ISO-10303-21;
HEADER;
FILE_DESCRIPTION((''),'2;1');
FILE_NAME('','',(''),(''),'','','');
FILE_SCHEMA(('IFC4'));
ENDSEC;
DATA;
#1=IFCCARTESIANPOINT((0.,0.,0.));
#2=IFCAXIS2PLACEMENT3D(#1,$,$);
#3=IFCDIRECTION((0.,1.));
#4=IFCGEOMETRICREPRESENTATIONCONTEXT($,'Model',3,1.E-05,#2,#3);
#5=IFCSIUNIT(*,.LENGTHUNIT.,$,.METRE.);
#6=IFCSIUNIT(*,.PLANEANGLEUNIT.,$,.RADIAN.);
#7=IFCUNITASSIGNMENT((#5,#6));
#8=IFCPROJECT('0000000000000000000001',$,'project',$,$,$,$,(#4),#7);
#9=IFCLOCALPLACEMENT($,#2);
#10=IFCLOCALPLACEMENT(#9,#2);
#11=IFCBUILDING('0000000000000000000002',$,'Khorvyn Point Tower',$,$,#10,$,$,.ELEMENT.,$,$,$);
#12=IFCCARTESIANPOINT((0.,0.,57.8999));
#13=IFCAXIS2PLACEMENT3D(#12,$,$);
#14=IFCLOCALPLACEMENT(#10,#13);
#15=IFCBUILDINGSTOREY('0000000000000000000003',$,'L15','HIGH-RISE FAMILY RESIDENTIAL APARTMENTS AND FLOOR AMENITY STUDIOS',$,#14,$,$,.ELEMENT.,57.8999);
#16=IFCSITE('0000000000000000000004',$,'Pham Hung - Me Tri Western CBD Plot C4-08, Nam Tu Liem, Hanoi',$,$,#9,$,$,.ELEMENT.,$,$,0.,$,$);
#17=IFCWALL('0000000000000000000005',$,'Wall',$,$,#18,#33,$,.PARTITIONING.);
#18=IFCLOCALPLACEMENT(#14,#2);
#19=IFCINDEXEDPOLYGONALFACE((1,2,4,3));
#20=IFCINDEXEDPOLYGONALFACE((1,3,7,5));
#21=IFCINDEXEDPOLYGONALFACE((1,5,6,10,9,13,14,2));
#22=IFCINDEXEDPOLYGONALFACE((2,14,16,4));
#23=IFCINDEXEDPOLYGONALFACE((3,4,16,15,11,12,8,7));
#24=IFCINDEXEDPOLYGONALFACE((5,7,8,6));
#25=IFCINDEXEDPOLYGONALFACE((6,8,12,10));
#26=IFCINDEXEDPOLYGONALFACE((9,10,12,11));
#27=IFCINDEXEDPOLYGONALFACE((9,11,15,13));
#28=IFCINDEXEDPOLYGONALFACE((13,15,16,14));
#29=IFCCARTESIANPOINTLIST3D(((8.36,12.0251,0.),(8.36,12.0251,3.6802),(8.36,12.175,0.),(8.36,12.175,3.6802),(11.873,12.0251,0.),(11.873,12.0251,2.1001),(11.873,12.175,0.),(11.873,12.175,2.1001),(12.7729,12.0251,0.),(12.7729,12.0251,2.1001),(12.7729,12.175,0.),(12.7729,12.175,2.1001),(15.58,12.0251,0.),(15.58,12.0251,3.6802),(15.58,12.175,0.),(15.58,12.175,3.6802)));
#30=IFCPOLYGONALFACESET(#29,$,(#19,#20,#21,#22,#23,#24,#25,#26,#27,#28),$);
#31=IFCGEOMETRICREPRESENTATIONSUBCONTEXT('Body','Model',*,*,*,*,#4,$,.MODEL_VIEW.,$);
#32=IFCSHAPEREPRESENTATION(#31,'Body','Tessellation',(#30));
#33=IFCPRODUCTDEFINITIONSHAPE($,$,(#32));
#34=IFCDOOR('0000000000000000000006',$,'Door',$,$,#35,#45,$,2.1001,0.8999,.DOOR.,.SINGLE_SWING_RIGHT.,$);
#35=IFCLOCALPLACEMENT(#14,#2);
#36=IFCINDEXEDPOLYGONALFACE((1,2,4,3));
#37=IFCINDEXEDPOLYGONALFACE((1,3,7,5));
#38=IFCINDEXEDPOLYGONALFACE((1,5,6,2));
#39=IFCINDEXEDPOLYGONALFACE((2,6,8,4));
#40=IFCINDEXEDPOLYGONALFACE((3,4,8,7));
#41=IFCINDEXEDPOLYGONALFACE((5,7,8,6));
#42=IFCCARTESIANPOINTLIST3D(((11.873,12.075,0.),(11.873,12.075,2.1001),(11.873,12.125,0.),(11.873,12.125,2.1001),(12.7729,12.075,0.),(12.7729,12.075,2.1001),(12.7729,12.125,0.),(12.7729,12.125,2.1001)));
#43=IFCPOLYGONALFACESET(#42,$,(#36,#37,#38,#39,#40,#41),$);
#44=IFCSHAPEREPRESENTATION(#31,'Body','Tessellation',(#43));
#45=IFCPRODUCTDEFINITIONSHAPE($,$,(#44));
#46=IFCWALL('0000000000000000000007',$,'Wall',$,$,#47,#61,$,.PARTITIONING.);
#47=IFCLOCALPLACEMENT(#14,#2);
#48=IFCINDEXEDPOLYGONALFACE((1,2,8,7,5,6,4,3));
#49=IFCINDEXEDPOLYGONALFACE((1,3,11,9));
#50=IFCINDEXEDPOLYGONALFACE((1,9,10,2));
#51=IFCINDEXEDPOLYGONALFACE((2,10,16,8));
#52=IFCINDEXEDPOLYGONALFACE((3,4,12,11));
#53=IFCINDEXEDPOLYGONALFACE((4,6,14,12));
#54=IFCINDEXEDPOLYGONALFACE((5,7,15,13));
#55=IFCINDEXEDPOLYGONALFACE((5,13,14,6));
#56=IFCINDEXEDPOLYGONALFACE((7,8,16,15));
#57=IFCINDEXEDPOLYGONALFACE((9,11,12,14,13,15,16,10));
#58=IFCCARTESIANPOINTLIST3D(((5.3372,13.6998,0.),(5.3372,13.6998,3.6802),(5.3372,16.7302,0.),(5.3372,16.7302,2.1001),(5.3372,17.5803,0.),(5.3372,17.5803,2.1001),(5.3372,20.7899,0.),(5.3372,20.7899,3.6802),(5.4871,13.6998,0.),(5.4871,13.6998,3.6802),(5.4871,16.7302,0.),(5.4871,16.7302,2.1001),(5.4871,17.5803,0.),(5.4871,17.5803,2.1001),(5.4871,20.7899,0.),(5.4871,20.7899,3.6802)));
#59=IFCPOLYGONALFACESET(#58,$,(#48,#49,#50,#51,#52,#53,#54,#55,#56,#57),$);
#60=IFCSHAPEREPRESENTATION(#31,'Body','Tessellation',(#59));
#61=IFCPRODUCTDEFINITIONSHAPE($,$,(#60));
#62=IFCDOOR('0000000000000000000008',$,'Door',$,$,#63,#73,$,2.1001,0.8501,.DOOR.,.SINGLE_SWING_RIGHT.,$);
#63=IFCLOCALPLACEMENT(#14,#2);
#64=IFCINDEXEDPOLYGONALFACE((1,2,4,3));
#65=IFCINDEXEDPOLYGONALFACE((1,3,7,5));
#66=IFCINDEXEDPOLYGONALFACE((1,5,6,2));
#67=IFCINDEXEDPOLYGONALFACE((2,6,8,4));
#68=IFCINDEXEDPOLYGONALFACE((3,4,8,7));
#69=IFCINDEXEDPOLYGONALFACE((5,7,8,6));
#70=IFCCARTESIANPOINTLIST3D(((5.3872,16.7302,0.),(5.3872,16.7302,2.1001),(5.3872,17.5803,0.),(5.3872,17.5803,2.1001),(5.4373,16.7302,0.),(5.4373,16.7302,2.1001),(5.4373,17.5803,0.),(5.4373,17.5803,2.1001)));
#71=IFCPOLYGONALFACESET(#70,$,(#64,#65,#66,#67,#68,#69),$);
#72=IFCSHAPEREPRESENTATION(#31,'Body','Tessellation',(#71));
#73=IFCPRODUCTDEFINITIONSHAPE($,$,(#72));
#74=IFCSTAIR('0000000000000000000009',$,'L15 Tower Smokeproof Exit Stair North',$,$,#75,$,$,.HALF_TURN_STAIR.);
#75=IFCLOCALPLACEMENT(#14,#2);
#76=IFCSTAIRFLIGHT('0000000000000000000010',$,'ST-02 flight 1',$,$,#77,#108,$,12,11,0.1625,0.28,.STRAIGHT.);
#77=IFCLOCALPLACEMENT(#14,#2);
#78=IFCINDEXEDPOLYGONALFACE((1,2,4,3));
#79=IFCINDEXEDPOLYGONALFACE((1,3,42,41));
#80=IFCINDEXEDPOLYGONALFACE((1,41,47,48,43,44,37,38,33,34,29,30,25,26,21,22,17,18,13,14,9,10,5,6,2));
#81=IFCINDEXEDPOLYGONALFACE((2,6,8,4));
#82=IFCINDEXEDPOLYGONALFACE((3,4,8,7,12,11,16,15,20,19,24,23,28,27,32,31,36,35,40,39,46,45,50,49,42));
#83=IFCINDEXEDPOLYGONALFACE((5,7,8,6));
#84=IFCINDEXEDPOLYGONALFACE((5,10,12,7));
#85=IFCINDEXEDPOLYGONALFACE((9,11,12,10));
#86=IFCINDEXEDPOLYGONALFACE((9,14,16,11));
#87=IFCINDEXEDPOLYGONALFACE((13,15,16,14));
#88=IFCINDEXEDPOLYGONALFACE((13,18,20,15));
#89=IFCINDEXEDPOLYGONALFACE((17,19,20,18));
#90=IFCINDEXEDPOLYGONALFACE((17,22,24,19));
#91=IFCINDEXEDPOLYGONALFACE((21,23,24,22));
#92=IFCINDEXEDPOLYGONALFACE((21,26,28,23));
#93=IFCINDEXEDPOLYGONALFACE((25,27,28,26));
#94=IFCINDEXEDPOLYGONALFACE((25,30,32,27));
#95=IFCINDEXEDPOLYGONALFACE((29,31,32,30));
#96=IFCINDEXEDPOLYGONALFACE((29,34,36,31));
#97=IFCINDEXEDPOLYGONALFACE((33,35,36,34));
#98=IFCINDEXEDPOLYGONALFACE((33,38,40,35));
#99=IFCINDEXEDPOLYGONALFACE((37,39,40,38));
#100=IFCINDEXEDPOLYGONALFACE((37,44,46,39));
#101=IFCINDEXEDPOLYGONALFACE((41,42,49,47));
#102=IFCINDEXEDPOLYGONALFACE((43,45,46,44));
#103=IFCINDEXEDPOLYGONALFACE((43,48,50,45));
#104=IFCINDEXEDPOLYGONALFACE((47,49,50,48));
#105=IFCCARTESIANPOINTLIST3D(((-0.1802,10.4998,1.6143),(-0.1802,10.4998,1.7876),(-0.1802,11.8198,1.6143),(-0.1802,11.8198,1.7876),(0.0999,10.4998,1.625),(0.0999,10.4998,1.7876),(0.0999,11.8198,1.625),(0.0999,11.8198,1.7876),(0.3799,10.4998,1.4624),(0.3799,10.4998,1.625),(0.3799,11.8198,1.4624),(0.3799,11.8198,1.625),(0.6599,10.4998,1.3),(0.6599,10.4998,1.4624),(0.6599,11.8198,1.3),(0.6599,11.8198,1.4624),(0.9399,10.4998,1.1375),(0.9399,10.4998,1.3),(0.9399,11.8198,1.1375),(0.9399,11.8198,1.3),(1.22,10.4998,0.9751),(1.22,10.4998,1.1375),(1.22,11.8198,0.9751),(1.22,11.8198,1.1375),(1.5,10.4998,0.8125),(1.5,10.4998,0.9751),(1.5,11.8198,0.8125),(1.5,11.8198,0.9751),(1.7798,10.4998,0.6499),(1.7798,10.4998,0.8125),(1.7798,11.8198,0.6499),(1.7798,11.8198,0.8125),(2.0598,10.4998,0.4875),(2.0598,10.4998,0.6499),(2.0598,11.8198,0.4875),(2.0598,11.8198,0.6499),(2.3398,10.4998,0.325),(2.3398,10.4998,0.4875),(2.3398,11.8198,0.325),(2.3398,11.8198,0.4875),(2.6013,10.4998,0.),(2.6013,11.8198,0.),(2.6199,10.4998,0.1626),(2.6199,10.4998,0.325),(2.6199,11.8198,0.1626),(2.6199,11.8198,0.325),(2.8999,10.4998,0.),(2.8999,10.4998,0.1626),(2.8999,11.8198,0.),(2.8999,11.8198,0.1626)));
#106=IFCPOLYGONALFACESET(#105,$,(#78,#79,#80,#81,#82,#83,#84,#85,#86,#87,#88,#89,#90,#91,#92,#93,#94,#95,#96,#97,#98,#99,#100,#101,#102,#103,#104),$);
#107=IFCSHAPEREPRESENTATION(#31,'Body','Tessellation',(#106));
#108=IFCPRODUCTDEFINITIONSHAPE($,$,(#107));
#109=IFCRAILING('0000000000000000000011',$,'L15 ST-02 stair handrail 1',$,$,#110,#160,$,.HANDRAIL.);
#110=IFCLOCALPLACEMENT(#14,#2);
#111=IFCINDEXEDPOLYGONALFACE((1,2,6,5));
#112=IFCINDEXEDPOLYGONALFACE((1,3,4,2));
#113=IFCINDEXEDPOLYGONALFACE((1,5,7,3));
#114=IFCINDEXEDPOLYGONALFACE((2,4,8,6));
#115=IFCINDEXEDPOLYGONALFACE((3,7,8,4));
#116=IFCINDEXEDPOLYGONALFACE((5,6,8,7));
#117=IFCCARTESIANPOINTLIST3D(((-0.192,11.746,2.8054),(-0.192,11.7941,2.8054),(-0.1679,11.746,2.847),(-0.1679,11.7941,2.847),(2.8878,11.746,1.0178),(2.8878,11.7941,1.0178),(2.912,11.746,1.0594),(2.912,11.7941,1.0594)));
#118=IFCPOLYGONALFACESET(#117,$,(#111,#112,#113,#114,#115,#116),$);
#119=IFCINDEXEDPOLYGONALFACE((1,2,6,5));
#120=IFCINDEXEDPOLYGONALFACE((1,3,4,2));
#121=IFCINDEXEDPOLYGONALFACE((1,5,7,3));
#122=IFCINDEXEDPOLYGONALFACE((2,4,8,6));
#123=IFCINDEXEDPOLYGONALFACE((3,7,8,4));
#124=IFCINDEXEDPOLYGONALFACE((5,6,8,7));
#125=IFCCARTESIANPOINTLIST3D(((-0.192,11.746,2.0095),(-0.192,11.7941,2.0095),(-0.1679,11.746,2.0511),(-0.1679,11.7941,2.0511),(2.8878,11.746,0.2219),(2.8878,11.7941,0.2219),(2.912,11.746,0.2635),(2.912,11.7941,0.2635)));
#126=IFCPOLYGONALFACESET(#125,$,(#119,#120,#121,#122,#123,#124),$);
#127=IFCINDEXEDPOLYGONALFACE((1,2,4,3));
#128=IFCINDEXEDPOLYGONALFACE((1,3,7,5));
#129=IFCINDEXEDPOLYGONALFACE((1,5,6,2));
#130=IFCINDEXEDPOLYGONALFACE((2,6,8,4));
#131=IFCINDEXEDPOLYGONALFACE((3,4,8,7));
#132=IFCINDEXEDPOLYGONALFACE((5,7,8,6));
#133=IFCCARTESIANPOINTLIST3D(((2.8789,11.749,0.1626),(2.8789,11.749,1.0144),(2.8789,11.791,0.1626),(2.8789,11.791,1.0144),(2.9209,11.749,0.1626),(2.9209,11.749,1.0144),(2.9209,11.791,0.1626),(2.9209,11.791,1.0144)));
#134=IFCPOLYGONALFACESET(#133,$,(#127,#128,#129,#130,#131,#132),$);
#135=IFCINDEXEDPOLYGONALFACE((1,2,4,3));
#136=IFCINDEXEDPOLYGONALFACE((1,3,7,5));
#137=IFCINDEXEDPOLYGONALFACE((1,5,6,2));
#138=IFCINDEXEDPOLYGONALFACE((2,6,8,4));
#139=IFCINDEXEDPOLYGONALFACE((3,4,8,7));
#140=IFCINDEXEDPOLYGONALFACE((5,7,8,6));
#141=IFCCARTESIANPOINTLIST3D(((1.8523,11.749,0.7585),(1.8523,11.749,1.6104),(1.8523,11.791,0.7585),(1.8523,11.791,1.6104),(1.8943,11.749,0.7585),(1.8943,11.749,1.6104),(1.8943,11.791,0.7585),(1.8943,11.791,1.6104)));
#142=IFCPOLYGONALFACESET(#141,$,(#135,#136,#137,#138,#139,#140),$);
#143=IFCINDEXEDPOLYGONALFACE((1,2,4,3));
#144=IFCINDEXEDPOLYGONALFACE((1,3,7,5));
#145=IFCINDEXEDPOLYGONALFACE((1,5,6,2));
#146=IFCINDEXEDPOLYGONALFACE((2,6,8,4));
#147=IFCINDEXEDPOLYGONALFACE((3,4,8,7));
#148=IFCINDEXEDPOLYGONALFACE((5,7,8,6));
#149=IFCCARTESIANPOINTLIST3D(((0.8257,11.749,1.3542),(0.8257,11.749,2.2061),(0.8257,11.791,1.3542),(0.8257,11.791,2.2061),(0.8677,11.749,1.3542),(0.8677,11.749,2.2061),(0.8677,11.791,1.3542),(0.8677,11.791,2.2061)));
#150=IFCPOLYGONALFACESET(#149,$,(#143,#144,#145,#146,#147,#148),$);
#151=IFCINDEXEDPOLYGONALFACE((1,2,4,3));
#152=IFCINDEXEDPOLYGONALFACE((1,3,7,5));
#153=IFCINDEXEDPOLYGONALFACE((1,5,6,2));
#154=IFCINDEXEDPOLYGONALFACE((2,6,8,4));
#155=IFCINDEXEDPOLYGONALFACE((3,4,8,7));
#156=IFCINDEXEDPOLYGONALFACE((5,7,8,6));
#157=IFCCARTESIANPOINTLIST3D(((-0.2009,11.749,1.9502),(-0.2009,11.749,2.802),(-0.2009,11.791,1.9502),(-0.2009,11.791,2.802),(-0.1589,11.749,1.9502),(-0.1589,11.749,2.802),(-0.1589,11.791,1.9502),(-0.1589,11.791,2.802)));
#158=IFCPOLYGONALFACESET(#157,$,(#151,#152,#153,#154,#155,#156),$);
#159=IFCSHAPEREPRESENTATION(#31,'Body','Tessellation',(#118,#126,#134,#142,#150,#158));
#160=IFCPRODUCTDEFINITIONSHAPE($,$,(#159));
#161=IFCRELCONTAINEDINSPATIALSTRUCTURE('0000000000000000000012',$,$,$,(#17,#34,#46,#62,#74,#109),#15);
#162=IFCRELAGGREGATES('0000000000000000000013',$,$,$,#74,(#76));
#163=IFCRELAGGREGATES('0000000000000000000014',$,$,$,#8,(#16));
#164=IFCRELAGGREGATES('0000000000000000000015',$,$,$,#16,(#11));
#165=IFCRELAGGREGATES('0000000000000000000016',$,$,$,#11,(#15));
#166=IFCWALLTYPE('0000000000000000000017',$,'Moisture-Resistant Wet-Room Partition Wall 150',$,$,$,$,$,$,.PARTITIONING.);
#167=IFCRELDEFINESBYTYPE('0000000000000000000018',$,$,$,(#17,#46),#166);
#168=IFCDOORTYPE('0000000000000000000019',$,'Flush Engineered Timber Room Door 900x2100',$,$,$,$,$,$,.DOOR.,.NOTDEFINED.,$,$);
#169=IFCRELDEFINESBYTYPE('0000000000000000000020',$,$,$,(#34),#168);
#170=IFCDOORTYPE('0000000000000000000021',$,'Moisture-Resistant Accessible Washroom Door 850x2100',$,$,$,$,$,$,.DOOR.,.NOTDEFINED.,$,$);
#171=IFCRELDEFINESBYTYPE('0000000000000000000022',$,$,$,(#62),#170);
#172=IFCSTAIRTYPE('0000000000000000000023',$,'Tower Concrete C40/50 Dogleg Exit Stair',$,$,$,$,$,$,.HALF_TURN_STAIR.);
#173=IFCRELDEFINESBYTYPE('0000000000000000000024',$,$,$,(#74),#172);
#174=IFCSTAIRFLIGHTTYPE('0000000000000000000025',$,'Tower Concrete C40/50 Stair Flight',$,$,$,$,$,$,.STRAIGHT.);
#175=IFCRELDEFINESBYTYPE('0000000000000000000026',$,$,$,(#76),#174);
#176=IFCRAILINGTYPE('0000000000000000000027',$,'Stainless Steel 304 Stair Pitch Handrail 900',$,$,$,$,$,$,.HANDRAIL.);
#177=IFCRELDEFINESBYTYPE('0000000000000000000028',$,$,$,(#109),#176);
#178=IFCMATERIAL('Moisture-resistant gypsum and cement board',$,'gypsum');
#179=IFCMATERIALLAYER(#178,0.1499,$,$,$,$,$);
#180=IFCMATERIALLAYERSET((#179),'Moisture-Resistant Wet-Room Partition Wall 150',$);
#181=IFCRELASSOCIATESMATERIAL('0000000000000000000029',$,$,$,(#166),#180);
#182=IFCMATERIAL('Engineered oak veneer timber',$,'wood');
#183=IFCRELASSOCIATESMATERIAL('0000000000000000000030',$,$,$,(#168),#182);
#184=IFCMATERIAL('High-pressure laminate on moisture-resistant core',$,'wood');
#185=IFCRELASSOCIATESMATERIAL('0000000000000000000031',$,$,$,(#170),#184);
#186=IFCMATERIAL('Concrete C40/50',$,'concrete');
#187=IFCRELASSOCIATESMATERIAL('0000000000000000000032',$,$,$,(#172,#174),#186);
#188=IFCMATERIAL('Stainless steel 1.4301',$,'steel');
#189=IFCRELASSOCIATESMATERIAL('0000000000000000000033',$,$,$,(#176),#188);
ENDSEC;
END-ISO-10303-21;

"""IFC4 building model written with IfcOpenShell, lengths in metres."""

from ifc_helpers import new_model, si_unit, direction, frame, frame_2d, origin, origin_2d, place, context, subcontext, project, spatial, polyline, rectangle, outline, extrude, material, layer, layer_set, type_object, element, fill, aggregate, save


model = new_model("IFC4")

# Units and contexts
model_context = context("Model", 3, precision=1e-05, world=origin(), true_north=direction((0.0, 1.0)))
body_context = subcontext(model_context, "Body", "Model", "MODEL_VIEW")
ifc_project = project(units=[si_unit("LENGTHUNIT", "METRE"), si_unit("PLANEANGLEUNIT", "RADIAN")], contexts=[model_context])

# Site, building, storey
site_placement = place(None, origin())
site = spatial("IfcSite", under=ifc_project, at=site_placement, Name="Pham Hung - Me Tri Western CBD Plot C4-08, Nam Tu Liem, Hanoi", CompositionType="ELEMENT", RefElevation=0.0)
building_placement = place(site_placement, origin())
building = spatial("IfcBuilding", under=site, at=building_placement, Name="Khorvyn Point Tower", CompositionType="ELEMENT")
storey_placement = place(building_placement, frame((0.0, 0.0, 57.8999)))
storey = spatial("IfcBuildingStorey", under=building, at=storey_placement, Name="L15", Description="HIGH-RISE FAMILY RESIDENTIAL APARTMENTS AND FLOOR AMENITY STUDIOS", CompositionType="ELEMENT", Elevation=57.8999)

# Walls, openings, doors
ifc_material_1 = material(Name="Concrete C40/50", Category="concrete")
ifc_material_2 = material(Name="Moisture-resistant gypsum and cement board", Category="gypsum")
ifc_layer_1 = layer(ifc_material_2, 0.1499)
ifc_layer_set_1 = layer_set([ifc_layer_1], Name="Moisture-Resistant Wet-Room Partition Wall 150")
wall_type_1 = type_object("IfcWallType", Name="Moisture-Resistant Wet-Room Partition Wall 150", PredefinedType="PARTITIONING", material=ifc_layer_set_1)
wall_1_placement = place(storey_placement, frame((8.3601, 12.1001, 0.0), z_axis=(0.0, 0.0, 1.0), x_axis=(1.0, 0.0, 0.0)))
wall_1 = element("IfcWall", 1, at=wall_1_placement, inside=storey, type_object=wall_type_1, Name="Wall", PredefinedType="PARTITIONING", context=body_context, shape_type="SweptSolid", body=[
    extrude(rectangle(XDim=7.22, YDim=0.1499, at=frame_2d((3.6099, 0.0))), origin(), (0.0, 0.0, 1.0), 3.6802),
])
opening_1_placement = place(wall_1_placement, frame((3.5129, 0.0, 0.0)))
opening_1 = element("IfcOpeningElement", 2, at=opening_1_placement, cuts=wall_1, PredefinedType="OPENING", context=body_context, shape_type="SweptSolid", body=[
    extrude(rectangle(XDim=0.8999, YDim=2.1001, at=frame_2d((0.45, 1.05))), frame((0.0, 0.085, 0.0), z_axis=(0.0, -1.0, 0.0), x_axis=(1.0, 0.0, 0.0)), (0.0, 0.0, 1.0), 0.1699),
])
ifc_material_3 = material(Name="Engineered oak veneer timber", Category="wood")
door_type_1 = type_object("IfcDoorType", Name="Flush Engineered Timber Room Door 900x2100", OperationType="NOTDEFINED", PredefinedType="DOOR", material=ifc_material_3)
door_1_placement = place(opening_1_placement, origin())
door_1 = element("IfcDoor", 3, at=door_1_placement, inside=storey, type_object=door_type_1, Name="Door", OperationType="SINGLE_SWING_RIGHT", OverallHeight=2.1001, OverallWidth=0.8999, PredefinedType="DOOR", context=body_context, shape_type="SweptSolid", body=[
    extrude(rectangle(XDim=0.8999, YDim=2.1001, at=frame_2d((0.45, 1.05))), frame((0.0, 0.0249, 0.0), z_axis=(0.0, -1.0, 0.0), x_axis=(1.0, 0.0, 0.0)), (0.0, 0.0, 1.0), 0.05),
])
fill(opening_1, door_1)
wall_2_placement = place(storey_placement, frame((5.4121, 13.7, 0.0), z_axis=(0.0, 0.0, 1.0), x_axis=(0.0, 1.0, 0.0)))
wall_2 = element("IfcWall", 4, at=wall_2_placement, inside=storey, type_object=wall_type_1, Name="Wall", PredefinedType="PARTITIONING", context=body_context, shape_type="SweptSolid", body=[
    extrude(rectangle(XDim=7.0901, YDim=0.1499, at=frame_2d((3.5449, 0.0))), origin(), (0.0, 0.0, 1.0), 3.6802),
])
opening_2_placement = place(wall_2_placement, frame((3.0303, 0.0, 0.0)))
opening_2 = element("IfcOpeningElement", 5, at=opening_2_placement, cuts=wall_2, PredefinedType="OPENING", context=body_context, shape_type="SweptSolid", body=[
    extrude(rectangle(XDim=0.8501, YDim=2.1001, at=frame_2d((0.425, 1.05))), frame((0.0, 0.085, 0.0), z_axis=(0.0, -1.0, 0.0), x_axis=(1.0, 0.0, 0.0)), (0.0, 0.0, 1.0), 0.1699),
])
ifc_material_4 = material(Name="High-pressure laminate on moisture-resistant core", Category="wood")
door_type_2 = type_object("IfcDoorType", Name="Moisture-Resistant Accessible Washroom Door 850x2100", OperationType="NOTDEFINED", PredefinedType="DOOR", material=ifc_material_4)
door_2_placement = place(opening_2_placement, origin())
door_2 = element("IfcDoor", 6, at=door_2_placement, inside=storey, type_object=door_type_2, Name="Door", OperationType="SINGLE_SWING_RIGHT", OverallHeight=2.1001, OverallWidth=0.8501, PredefinedType="DOOR", context=body_context, shape_type="SweptSolid", body=[
    extrude(rectangle(XDim=0.8501, YDim=2.1001, at=frame_2d((0.425, 1.05))), frame((0.0, 0.0249, 0.0), z_axis=(0.0, -1.0, 0.0), x_axis=(1.0, 0.0, 0.0)), (0.0, 0.0, 1.0), 0.05),
])
fill(opening_2, door_2)

# Stair, stair flight
stair_type = type_object("IfcStairType", Name="Tower Concrete C40/50 Dogleg Exit Stair", PredefinedType="HALF_TURN_STAIR", material=ifc_material_1)
stair_placement = place(storey_placement, origin())
stair = element("IfcStair", 7, at=stair_placement, inside=storey, type_object=stair_type, Name="L15 Tower Smokeproof Exit Stair North", PredefinedType="HALF_TURN_STAIR")
stair_flight_type = type_object("IfcStairFlightType", Name="Tower Concrete C40/50 Stair Flight", PredefinedType="STRAIGHT", material=ifc_material_1)
stair_flight_placement = place(storey_placement, frame((2.8999, 11.1599, 0.0), z_axis=(0.0, 0.0, 1.0), x_axis=(-1.0, 0.0, 0.0)))
stair_flight = element("IfcStairFlight", 8, at=stair_flight_placement, type_object=stair_flight_type, Name="ST-02 flight 1", NumberOfRisers=12, NumberOfTreads=11, PredefinedType="STRAIGHT", RiserHeight=0.1625, TreadLength=0.28, context=body_context, shape_type="SweptSolid", body=[
    extrude(outline(polyline([(0.0, 0.0), (0.0, 0.1626), (0.28, 0.1626), (0.28, 0.325), (0.5601, 0.325), (0.5601, 0.4875), (0.8401, 0.4875), (0.8401, 0.6499), (1.1201, 0.6499), (1.1201, 0.8125), (1.3999, 0.8125), (1.3999, 0.9751), (1.6799, 0.9751), (1.6799, 1.1375), (1.96, 1.1375), (1.96, 1.3), (2.24, 1.3), (2.24, 1.4624), (2.52, 1.4624), (2.52, 1.625), (2.8, 1.625), (2.8, 1.7876), (3.0801, 1.7876), (3.0801, 1.95), (3.0801, 1.6143), (0.2986, 0.0), (0.0, 0.0)])), frame((0.0, 0.6602, 0.0), z_axis=(0.0, -1.0, 0.0), x_axis=(1.0, 0.0, 0.0)), (0.0, 0.0, 1.0), 1.3201),
])
aggregate(stair, [stair_flight])

# Railing
ifc_material_5 = material(Name="Stainless steel 1.4301", Category="steel")
railing_type = type_object("IfcRailingType", Name="Stainless Steel 304 Stair Pitch Handrail 900", PredefinedType="HANDRAIL", material=ifc_material_5)
railing_placement = place(storey_placement, frame((2.8999, 11.77, 0.1626)))
element("IfcRailing", 9, at=railing_placement, inside=storey, type_object=railing_type, Name="L15 ST-02 stair handrail 1", PredefinedType="HANDRAIL", context=body_context, shape_type="SweptSolid", body=[
    extrude(rectangle(XDim=0.0481, YDim=0.0481, at=origin_2d()), frame((0.0, 0.0, 0.876), z_axis=(-0.864873, 0.0, 0.50199), x_axis=(0.0, -1.0, 0.0)), (0.0, 0.0, 1.0), 3.561),
    extrude(rectangle(XDim=0.0481, YDim=0.0481, at=origin_2d()), frame((0.0, 0.0, 0.0801), z_axis=(-0.864873, 0.0, 0.50199), x_axis=(0.0, -1.0, 0.0)), (0.0, 0.0, 1.0), 3.561),
    extrude(rectangle(XDim=0.042, YDim=0.042, at=origin_2d()), origin(), (0.0, 0.0, 1.0), 0.8518),
    extrude(rectangle(XDim=0.042, YDim=0.042, at=origin_2d()), frame((-1.0266, 0.0, 0.5959)), (0.0, 0.0, 1.0), 0.8518),
    extrude(rectangle(XDim=0.042, YDim=0.042, at=origin_2d()), frame((-2.0532, 0.0, 1.1917)), (0.0, 0.0, 1.0), 0.8518),
    extrude(rectangle(XDim=0.042, YDim=0.042, at=origin_2d()), frame((-3.0798, 0.0, 1.7876)), (0.0, 0.0, 1.0), 0.8518),
])

save(model, "model.ifc")
